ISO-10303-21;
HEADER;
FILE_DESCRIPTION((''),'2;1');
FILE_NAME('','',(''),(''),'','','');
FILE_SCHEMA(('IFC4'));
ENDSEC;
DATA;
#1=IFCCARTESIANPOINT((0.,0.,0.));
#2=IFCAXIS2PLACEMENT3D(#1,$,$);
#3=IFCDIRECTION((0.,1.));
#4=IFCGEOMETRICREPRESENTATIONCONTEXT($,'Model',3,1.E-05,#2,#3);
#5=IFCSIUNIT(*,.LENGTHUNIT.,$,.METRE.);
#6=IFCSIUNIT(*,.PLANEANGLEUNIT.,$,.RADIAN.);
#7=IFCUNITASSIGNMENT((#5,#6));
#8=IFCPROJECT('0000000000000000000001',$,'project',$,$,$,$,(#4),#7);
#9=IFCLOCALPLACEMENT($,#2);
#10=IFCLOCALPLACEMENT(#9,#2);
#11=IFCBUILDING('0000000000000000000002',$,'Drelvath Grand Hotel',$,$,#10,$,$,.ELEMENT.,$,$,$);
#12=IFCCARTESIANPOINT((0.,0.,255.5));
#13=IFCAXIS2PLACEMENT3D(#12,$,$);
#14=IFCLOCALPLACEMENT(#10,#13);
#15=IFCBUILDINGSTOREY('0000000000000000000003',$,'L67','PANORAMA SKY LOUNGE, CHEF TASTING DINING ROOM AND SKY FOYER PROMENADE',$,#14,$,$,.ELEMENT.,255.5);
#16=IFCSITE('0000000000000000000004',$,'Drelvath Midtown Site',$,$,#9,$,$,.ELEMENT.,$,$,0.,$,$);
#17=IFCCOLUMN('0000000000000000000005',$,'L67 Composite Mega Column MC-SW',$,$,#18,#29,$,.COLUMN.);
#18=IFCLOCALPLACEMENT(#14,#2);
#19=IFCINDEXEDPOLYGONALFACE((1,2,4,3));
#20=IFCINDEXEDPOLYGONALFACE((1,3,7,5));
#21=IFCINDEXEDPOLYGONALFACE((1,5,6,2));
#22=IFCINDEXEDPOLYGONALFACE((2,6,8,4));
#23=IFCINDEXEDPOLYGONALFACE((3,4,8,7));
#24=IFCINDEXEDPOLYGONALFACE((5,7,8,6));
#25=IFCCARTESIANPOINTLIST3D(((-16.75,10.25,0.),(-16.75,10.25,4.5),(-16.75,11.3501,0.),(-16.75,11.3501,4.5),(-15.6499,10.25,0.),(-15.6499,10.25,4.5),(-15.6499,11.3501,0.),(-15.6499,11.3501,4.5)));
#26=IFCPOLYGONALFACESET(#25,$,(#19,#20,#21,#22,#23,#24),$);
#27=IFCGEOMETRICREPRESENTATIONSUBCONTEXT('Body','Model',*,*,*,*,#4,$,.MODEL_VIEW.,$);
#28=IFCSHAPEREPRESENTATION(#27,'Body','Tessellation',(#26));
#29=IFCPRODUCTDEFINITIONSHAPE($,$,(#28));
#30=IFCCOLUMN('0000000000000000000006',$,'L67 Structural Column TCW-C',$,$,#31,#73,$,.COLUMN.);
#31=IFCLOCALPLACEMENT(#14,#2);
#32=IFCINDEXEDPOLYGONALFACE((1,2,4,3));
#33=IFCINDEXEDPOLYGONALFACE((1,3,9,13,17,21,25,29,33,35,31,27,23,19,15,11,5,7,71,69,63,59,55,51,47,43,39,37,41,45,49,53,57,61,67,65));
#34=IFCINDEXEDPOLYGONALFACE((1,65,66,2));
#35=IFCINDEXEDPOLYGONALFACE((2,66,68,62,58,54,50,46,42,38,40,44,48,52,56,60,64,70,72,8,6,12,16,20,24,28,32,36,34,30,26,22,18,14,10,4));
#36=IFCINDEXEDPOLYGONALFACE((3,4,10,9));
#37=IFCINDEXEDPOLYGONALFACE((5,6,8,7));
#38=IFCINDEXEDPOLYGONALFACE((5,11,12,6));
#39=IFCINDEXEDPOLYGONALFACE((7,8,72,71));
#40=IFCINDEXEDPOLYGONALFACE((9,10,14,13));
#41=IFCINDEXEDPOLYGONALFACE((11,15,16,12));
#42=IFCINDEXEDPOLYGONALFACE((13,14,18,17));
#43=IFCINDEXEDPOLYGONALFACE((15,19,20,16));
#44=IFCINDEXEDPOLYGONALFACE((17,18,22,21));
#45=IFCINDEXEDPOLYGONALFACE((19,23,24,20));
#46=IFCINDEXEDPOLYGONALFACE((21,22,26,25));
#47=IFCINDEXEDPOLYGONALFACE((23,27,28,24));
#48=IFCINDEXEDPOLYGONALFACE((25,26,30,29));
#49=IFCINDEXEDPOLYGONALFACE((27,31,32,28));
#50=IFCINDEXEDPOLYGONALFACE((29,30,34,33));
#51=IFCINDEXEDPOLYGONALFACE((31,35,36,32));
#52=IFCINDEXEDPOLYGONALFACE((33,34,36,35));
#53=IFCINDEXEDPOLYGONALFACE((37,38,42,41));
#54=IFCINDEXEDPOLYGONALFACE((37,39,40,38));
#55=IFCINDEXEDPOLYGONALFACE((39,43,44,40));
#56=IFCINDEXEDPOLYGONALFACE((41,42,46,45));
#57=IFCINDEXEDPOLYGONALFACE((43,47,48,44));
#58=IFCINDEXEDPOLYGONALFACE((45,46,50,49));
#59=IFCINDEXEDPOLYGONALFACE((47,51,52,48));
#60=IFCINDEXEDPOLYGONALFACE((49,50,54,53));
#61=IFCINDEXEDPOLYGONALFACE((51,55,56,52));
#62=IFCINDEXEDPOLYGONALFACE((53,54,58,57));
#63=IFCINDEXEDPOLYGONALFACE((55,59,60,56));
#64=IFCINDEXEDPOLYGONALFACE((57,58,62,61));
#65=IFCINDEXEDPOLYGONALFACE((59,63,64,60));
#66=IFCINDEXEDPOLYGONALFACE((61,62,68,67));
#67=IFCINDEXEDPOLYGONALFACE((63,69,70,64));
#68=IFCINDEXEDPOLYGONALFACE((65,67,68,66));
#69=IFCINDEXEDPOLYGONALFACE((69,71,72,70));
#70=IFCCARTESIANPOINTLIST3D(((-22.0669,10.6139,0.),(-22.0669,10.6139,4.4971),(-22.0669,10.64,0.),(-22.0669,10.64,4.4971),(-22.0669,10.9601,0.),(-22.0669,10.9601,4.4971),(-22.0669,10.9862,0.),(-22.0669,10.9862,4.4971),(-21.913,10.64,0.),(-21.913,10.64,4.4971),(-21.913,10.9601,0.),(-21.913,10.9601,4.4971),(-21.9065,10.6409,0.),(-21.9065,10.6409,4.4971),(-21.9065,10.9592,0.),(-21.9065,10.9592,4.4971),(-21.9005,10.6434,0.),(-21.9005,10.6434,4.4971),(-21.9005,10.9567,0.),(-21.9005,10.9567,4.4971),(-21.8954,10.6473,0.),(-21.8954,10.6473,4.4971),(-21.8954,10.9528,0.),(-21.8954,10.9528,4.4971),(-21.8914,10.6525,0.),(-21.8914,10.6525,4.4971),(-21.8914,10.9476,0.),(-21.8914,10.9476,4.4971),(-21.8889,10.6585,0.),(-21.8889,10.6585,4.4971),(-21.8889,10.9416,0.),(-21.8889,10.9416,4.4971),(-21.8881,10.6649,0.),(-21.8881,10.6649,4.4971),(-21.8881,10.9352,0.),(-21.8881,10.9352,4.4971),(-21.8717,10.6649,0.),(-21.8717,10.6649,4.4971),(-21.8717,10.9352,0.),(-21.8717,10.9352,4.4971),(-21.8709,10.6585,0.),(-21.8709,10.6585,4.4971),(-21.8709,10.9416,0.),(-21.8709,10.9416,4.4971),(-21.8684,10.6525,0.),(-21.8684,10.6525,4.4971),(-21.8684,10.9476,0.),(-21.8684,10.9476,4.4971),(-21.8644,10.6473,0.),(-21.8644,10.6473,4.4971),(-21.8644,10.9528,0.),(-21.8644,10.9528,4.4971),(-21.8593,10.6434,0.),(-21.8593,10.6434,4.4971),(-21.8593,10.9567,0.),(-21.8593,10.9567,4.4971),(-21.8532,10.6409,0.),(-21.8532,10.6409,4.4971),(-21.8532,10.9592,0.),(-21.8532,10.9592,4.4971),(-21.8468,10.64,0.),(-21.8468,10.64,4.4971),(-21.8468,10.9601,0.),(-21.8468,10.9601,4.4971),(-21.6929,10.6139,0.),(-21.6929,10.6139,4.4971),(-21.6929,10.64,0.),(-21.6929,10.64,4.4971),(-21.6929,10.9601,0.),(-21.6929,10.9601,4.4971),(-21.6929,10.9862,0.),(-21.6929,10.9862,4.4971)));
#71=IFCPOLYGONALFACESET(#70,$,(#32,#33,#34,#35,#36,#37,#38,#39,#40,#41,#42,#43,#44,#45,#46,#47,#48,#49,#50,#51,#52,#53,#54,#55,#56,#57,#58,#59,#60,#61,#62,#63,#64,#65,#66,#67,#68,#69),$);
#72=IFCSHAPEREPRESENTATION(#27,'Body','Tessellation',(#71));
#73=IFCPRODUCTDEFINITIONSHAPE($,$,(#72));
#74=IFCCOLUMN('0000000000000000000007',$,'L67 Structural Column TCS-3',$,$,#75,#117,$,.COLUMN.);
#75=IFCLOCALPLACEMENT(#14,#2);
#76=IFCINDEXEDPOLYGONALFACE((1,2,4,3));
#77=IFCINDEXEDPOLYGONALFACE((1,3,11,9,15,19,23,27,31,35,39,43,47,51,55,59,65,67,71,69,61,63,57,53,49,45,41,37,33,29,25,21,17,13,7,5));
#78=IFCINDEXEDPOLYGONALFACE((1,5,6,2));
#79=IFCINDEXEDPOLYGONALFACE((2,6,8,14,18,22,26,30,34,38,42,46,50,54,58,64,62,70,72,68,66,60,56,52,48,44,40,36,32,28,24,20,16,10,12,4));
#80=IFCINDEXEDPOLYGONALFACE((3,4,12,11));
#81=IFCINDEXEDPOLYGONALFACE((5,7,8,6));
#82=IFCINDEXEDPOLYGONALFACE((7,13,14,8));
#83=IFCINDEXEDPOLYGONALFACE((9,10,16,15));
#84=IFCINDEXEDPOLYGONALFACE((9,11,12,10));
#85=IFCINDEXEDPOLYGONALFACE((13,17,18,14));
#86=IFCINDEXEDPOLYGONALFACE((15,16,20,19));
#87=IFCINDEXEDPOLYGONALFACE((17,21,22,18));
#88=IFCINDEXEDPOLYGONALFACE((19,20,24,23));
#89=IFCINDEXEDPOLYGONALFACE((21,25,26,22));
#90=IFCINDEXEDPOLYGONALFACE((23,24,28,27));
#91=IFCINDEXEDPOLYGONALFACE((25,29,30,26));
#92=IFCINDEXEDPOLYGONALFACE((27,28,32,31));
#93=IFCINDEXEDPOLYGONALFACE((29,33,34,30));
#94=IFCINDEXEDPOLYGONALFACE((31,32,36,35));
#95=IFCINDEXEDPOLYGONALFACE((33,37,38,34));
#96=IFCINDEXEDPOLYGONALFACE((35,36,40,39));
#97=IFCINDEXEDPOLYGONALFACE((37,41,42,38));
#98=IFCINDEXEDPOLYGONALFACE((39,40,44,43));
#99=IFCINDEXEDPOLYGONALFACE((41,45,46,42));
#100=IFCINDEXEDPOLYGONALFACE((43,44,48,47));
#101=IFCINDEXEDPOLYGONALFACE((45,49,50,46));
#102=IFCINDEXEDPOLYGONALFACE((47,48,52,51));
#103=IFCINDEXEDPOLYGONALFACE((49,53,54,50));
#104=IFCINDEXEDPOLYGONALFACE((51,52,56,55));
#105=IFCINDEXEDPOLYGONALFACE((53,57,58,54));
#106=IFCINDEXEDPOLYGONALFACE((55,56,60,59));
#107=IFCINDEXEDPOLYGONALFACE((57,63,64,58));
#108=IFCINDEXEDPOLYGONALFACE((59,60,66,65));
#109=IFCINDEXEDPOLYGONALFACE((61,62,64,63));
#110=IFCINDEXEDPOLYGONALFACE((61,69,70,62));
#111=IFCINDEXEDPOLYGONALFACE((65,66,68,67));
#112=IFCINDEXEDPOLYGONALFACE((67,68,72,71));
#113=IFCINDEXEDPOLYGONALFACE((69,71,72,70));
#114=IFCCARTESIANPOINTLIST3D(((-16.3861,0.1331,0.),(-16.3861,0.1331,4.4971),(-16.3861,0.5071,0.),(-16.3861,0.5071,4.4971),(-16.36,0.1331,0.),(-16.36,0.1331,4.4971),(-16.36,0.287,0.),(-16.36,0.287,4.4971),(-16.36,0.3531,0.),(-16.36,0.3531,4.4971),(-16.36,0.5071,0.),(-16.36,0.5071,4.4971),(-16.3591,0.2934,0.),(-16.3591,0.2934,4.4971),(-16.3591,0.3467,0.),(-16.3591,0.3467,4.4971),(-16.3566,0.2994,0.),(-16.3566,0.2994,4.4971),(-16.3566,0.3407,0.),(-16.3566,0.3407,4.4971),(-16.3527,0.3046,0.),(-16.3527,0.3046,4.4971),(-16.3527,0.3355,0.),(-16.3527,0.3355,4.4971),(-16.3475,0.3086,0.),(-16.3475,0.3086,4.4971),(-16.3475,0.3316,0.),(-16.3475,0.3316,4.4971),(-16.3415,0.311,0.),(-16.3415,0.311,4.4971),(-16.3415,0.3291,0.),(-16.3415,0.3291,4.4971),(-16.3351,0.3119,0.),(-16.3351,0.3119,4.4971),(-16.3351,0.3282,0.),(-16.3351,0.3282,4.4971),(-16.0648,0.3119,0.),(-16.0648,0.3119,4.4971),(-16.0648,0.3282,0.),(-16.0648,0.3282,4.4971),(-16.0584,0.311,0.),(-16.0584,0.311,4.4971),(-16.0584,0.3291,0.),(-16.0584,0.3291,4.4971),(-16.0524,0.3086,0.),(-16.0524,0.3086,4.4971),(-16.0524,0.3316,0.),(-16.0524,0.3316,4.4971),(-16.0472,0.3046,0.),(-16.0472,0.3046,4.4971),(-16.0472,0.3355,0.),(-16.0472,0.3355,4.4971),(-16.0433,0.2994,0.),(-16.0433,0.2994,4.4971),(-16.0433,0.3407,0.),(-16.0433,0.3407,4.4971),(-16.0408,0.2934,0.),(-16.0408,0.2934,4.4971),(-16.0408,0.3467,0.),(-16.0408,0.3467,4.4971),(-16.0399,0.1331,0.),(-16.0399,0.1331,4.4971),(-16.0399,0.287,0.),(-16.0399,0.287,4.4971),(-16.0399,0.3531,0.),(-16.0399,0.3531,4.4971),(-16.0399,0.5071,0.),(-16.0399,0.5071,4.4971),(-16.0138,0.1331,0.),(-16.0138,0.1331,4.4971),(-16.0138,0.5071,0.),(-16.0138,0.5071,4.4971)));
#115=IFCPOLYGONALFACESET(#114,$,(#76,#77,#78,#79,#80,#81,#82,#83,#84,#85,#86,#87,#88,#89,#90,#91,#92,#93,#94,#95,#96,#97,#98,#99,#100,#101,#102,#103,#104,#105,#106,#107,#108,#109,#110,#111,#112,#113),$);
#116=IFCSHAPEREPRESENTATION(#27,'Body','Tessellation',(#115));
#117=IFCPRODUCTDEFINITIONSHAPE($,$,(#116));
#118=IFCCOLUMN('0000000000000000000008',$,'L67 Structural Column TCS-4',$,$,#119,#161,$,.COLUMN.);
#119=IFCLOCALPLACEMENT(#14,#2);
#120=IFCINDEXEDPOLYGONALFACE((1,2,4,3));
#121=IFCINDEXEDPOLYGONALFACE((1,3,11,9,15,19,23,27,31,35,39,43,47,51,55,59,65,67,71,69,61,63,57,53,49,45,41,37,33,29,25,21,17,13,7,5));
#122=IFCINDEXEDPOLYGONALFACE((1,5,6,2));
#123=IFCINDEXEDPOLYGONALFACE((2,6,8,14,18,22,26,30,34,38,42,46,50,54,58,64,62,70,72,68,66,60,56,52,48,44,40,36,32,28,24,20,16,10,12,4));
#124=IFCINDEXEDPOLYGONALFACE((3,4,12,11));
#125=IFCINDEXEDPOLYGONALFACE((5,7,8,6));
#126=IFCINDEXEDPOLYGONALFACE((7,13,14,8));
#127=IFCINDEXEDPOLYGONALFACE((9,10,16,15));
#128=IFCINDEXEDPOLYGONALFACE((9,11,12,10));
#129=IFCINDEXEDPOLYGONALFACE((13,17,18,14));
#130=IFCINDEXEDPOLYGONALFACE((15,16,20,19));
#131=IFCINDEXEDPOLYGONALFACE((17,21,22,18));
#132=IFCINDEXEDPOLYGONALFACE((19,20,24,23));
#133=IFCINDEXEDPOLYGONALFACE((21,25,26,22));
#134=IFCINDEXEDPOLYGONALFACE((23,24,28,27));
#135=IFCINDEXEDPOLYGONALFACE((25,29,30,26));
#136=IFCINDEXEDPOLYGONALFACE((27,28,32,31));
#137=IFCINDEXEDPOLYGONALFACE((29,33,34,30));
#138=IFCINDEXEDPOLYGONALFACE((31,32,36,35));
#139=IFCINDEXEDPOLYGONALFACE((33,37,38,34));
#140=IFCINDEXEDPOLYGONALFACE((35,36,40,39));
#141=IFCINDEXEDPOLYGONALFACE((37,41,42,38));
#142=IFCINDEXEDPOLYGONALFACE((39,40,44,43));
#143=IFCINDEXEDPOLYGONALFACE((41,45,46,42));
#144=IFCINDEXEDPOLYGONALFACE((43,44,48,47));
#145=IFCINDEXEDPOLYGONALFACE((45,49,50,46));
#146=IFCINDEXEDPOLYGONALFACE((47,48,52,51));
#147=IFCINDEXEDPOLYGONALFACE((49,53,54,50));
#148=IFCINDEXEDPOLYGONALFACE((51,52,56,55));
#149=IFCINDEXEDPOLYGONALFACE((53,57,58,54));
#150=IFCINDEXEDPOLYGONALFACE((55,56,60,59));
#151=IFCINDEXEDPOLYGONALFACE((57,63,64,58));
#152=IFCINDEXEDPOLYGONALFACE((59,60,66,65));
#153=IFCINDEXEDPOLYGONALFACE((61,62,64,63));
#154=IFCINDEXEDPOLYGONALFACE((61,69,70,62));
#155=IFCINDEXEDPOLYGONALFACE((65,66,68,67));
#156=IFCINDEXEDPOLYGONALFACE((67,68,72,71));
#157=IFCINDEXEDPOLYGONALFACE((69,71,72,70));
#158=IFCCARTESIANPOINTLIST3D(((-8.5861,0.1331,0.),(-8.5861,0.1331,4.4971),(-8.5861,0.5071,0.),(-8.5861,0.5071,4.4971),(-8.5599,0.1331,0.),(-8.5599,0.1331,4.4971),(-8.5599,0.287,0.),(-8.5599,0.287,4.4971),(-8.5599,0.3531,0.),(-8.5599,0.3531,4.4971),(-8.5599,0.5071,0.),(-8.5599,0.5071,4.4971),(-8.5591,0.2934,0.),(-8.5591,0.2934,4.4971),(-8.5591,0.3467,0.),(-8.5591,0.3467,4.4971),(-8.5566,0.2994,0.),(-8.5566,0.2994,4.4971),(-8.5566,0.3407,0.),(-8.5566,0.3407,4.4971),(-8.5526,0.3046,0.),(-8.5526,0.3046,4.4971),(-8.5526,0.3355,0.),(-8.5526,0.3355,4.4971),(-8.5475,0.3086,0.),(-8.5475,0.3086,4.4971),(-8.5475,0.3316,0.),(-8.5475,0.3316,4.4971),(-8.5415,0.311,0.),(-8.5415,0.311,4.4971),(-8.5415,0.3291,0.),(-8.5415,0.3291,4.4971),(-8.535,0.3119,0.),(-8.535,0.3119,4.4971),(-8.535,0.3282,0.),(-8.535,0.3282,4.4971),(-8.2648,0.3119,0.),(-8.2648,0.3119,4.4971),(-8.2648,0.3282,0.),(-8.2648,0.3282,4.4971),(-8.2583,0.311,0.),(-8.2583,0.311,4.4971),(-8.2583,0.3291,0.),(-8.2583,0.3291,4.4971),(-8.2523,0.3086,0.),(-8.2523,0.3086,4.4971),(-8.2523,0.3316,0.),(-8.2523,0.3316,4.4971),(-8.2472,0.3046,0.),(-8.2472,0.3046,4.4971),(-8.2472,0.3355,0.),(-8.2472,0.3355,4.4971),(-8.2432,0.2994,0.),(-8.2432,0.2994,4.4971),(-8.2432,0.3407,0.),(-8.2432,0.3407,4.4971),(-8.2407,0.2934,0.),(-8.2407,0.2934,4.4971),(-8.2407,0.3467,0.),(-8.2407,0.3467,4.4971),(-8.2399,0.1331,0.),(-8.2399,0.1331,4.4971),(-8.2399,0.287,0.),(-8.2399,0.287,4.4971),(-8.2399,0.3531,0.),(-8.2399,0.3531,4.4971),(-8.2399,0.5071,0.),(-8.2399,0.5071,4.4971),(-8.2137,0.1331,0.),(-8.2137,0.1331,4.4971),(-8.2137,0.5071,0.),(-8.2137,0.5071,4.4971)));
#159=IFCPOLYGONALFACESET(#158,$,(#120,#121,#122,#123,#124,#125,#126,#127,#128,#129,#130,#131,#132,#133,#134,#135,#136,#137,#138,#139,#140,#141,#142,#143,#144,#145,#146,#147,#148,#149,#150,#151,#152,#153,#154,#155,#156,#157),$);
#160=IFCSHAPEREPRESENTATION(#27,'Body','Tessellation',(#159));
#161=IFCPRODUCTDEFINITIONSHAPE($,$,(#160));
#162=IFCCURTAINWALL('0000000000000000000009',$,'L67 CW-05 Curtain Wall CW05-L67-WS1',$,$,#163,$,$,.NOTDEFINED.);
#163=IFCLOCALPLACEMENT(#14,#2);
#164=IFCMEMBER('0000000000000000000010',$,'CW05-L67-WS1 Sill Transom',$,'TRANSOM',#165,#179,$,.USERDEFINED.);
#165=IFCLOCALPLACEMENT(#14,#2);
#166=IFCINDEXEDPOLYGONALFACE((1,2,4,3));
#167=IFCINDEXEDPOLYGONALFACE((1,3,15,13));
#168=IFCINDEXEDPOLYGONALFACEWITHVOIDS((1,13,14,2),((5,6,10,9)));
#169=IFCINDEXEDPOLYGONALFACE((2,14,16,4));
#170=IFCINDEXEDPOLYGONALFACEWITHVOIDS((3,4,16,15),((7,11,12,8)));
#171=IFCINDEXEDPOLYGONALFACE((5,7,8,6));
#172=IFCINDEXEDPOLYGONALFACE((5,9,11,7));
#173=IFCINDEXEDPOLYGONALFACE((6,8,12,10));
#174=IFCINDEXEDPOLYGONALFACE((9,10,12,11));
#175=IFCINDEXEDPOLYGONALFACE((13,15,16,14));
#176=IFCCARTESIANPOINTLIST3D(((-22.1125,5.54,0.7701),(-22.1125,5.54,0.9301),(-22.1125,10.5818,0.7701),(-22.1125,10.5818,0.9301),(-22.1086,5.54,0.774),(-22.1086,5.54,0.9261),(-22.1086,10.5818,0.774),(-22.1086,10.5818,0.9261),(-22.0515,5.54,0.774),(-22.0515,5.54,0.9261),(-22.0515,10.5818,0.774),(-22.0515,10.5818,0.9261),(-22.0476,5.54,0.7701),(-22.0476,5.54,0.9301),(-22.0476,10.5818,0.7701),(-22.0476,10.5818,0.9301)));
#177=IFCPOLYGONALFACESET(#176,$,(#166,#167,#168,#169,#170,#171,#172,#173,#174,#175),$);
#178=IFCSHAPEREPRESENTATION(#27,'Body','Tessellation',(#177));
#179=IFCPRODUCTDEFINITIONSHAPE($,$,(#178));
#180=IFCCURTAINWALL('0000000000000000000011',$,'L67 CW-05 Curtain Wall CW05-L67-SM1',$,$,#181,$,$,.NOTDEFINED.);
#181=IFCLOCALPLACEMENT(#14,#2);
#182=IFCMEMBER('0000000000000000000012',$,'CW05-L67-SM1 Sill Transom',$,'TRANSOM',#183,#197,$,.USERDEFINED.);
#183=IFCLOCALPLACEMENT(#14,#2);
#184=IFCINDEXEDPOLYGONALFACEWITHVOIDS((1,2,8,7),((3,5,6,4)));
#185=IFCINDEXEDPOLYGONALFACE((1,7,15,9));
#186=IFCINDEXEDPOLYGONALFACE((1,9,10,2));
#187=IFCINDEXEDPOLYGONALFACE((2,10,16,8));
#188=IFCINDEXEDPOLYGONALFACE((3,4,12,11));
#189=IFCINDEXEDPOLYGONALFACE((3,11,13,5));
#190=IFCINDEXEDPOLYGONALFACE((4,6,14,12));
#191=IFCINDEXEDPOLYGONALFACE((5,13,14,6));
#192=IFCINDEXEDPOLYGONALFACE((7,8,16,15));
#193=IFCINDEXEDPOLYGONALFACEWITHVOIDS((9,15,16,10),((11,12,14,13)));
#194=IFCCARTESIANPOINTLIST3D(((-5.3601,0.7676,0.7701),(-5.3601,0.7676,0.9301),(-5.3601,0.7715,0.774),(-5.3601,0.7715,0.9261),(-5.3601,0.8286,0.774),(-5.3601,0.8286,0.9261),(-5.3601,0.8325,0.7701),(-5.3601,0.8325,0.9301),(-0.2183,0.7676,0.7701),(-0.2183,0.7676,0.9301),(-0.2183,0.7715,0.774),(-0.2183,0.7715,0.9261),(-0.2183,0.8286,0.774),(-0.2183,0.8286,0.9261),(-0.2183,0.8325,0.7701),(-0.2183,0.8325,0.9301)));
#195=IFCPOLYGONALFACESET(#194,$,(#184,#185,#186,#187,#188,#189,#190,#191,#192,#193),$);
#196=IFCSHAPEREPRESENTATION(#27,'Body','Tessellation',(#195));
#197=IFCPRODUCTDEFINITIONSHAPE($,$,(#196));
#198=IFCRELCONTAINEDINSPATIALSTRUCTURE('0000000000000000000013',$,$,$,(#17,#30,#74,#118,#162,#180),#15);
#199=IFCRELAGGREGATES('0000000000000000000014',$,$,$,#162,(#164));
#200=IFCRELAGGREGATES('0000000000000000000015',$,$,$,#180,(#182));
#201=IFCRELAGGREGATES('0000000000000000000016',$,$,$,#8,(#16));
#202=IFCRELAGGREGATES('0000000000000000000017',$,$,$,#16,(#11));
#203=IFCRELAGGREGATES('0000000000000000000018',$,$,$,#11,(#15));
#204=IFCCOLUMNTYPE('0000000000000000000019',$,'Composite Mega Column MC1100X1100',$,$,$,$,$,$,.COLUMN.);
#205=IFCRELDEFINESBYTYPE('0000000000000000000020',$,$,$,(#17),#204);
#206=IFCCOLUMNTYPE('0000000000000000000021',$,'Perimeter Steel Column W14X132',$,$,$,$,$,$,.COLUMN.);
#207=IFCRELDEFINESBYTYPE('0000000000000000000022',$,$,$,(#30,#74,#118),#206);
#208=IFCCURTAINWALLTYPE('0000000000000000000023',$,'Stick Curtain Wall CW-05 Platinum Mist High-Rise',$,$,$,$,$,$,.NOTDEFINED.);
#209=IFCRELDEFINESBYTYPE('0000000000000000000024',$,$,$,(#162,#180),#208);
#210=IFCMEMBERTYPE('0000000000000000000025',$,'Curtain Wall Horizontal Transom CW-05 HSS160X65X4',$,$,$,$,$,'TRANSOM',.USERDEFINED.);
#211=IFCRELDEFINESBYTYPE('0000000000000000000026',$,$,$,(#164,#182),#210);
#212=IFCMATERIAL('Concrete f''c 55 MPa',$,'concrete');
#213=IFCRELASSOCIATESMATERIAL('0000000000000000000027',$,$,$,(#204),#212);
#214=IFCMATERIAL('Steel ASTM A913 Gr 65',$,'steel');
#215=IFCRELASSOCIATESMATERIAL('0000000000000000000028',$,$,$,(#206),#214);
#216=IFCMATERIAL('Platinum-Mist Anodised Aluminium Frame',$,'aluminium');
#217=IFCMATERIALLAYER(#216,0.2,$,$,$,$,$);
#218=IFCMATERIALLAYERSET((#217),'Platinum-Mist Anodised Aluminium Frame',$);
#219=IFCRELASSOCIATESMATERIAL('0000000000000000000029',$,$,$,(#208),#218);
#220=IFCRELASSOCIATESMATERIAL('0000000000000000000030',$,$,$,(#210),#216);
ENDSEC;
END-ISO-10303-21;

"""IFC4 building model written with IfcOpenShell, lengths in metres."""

from ifc_helpers import new_model, si_unit, direction, frame, origin, origin_2d, place, context, subcontext, project, spatial, rectangle, hollow_rectangle, i_section, extrude, material, layer, layer_set, material_profile, profile_set, type_object, element, aggregate, save


model = new_model("IFC4")

# Units and contexts
model_context = context("Model", 3, precision=1e-05, world=origin(), true_north=direction((0.0, 1.0)))
body_context = subcontext(model_context, "Body", "Model", "MODEL_VIEW")
ifc_project = project(units=[si_unit("LENGTHUNIT", "METRE"), si_unit("PLANEANGLEUNIT", "RADIAN")], contexts=[model_context])

# Site, building, storey
site_placement = place(None, origin())
site = spatial("IfcSite", under=ifc_project, at=site_placement, Name="Drelvath Midtown Site", CompositionType="ELEMENT", RefElevation=0.0)
building_placement = place(site_placement, origin())
building = spatial("IfcBuilding", under=site, at=building_placement, Name="Drelvath Grand Hotel", CompositionType="ELEMENT")
storey_placement = place(building_placement, frame((0.0, 0.0, 255.5)))
storey = spatial("IfcBuildingStorey", under=building, at=storey_placement, Name="L67", Description="PANORAMA SKY LOUNGE, CHEF TASTING DINING ROOM AND SKY FOYER PROMENADE", CompositionType="ELEMENT", Elevation=255.5)

# Columns
ifc_material_1 = material(Name="Concrete f'c 55 MPa", Category="concrete")
ifc_material_profile_1 = material_profile(ifc_material_1, rectangle(XDim=1.1001, YDim=1.1001, at=origin_2d()), Name="MC1100X1100")
ifc_profile_set_1 = profile_set([ifc_material_profile_1], Name="Concrete f'c 55 MPa")
column_type_1 = type_object("IfcColumnType", Name="Composite Mega Column MC1100X1100", PredefinedType="COLUMN", material=ifc_profile_set_1)
column_placement = place(storey_placement, frame((-16.2, 10.8, 0.0), z_axis=(0.0, 0.0, 1.0), x_axis=(1.0, 0.0, 0.0)))
element("IfcColumn", 1, at=column_placement, inside=storey, type_object=column_type_1, Name="L67 Composite Mega Column MC-SW", PredefinedType="COLUMN", context=body_context, shape_type="SweptSolid", body=[
    extrude(rectangle(XDim=1.1001, YDim=1.1001, at=origin_2d()), origin(), (0.0, 0.0, 1.0), 4.5),
])
ifc_material_2 = material(Name="Steel ASTM A913 Gr 65", Category="steel")
ifc_material_profile_2 = material_profile(ifc_material_2, i_section(OverallWidth=0.374, OverallDepth=0.3723, WebThickness=0.0164, FlangeThickness=0.0261, FilletRadius=0.0249, at=origin_2d()), Name="W14X132")
ifc_profile_set_2 = profile_set([ifc_material_profile_2], Name="Steel ASTM A913 Gr 65")
column_type_2 = type_object("IfcColumnType", Name="Perimeter Steel Column W14X132", PredefinedType="COLUMN", material=ifc_profile_set_2)
for number, where, z_axis, x_axis, name in (
    (2, (-21.8799, 10.8, 0.0), (0.0, 0.0, 1.0), (1.0, 0.0, 0.0), "L67 Structural Column TCW-C"),
    (3, (-16.2, 0.3201, 0.0), (0.0, 0.0, 1.0), (0.0, 1.0, 0.0), "L67 Structural Column TCS-3"),
    (4, (-8.3999, 0.3201, 0.0), (0.0, 0.0, 1.0), (0.0, 1.0, 0.0), "L67 Structural Column TCS-4"),
):
    element("IfcColumn", number, at=place(storey_placement, frame(where, z_axis=z_axis, x_axis=x_axis)), inside=storey, type_object=column_type_2, Name=name, PredefinedType="COLUMN", context=body_context, shape_type="SweptSolid", body=[
        extrude(i_section(OverallWidth=0.374, OverallDepth=0.3723, WebThickness=0.0164, FlangeThickness=0.0261, FilletRadius=0.0249, at=origin_2d()), origin(), (0.0, 0.0, 1.0), 4.4971),
    ])

# Curtain walls, members
ifc_material_3 = material(Name="Platinum-Mist Anodised Aluminium Frame", Category="aluminium")
ifc_layer_1 = layer(ifc_material_3, 0.2)
ifc_layer_set_1 = layer_set([ifc_layer_1], Name="Platinum-Mist Anodised Aluminium Frame")
curtain_wall_type = type_object("IfcCurtainWallType", Name="Stick Curtain Wall CW-05 Platinum Mist High-Rise", PredefinedType="NOTDEFINED", material=ifc_layer_set_1)
curtain_wall_1_placement = place(storey_placement, origin())
curtain_wall_1 = element("IfcCurtainWall", 5, at=curtain_wall_1_placement, inside=storey, type_object=curtain_wall_type, Name="L67 CW-05 Curtain Wall CW05-L67-WS1", PredefinedType="NOTDEFINED")
ifc_material_profile_3 = material_profile(ifc_material_3, hollow_rectangle(XDim=0.0649, YDim=0.1599, WallThickness=0.0039, at=origin_2d()), Name="HSS160X65X4")
ifc_profile_set_3 = profile_set([ifc_material_profile_3], Name="Platinum-Mist Anodised Aluminium Frame")
member_type_1 = type_object("IfcMemberType", Name="Curtain Wall Horizontal Transom CW-05 HSS160X65X4", ElementType="TRANSOM", PredefinedType="USERDEFINED", material=ifc_profile_set_3)
member_1_placement = place(storey_placement, frame((-22.0801, 5.54, 0.8501), z_axis=(0.0, 1.0, 0.0), x_axis=(-1.0, 0.0, 0.0)))
member_1 = element("IfcMember", 6, at=member_1_placement, type_object=member_type_1, Name="CW05-L67-WS1 Sill Transom", ObjectType="TRANSOM", PredefinedType="USERDEFINED", context=body_context, shape_type="SweptSolid", body=[
    extrude(hollow_rectangle(XDim=0.0649, YDim=0.1599, WallThickness=0.0039, at=origin_2d()), origin(), (0.0, 0.0, 1.0), 5.0417),
])
curtain_wall_2_placement = place(storey_placement, origin())
curtain_wall_2 = element("IfcCurtainWall", 7, at=curtain_wall_2_placement, inside=storey, type_object=curtain_wall_type, Name="L67 CW-05 Curtain Wall CW05-L67-SM1", PredefinedType="NOTDEFINED")
member_2_placement = place(storey_placement, frame((-0.2183, 0.8, 0.8501), z_axis=(-1.0, 0.0, 0.0), x_axis=(0.0, -1.0, 0.0)))
member_2 = element("IfcMember", 8, at=member_2_placement, type_object=member_type_1, Name="CW05-L67-SM1 Sill Transom", ObjectType="TRANSOM", PredefinedType="USERDEFINED", context=body_context, shape_type="SweptSolid", body=[
    extrude(hollow_rectangle(XDim=0.0649, YDim=0.1599, WallThickness=0.0039, at=origin_2d()), origin(), (0.0, 0.0, 1.0), 5.1418),
])

aggregate(curtain_wall_1, [member_1])
aggregate(curtain_wall_2, [member_2])

save(model, "model.ifc")
